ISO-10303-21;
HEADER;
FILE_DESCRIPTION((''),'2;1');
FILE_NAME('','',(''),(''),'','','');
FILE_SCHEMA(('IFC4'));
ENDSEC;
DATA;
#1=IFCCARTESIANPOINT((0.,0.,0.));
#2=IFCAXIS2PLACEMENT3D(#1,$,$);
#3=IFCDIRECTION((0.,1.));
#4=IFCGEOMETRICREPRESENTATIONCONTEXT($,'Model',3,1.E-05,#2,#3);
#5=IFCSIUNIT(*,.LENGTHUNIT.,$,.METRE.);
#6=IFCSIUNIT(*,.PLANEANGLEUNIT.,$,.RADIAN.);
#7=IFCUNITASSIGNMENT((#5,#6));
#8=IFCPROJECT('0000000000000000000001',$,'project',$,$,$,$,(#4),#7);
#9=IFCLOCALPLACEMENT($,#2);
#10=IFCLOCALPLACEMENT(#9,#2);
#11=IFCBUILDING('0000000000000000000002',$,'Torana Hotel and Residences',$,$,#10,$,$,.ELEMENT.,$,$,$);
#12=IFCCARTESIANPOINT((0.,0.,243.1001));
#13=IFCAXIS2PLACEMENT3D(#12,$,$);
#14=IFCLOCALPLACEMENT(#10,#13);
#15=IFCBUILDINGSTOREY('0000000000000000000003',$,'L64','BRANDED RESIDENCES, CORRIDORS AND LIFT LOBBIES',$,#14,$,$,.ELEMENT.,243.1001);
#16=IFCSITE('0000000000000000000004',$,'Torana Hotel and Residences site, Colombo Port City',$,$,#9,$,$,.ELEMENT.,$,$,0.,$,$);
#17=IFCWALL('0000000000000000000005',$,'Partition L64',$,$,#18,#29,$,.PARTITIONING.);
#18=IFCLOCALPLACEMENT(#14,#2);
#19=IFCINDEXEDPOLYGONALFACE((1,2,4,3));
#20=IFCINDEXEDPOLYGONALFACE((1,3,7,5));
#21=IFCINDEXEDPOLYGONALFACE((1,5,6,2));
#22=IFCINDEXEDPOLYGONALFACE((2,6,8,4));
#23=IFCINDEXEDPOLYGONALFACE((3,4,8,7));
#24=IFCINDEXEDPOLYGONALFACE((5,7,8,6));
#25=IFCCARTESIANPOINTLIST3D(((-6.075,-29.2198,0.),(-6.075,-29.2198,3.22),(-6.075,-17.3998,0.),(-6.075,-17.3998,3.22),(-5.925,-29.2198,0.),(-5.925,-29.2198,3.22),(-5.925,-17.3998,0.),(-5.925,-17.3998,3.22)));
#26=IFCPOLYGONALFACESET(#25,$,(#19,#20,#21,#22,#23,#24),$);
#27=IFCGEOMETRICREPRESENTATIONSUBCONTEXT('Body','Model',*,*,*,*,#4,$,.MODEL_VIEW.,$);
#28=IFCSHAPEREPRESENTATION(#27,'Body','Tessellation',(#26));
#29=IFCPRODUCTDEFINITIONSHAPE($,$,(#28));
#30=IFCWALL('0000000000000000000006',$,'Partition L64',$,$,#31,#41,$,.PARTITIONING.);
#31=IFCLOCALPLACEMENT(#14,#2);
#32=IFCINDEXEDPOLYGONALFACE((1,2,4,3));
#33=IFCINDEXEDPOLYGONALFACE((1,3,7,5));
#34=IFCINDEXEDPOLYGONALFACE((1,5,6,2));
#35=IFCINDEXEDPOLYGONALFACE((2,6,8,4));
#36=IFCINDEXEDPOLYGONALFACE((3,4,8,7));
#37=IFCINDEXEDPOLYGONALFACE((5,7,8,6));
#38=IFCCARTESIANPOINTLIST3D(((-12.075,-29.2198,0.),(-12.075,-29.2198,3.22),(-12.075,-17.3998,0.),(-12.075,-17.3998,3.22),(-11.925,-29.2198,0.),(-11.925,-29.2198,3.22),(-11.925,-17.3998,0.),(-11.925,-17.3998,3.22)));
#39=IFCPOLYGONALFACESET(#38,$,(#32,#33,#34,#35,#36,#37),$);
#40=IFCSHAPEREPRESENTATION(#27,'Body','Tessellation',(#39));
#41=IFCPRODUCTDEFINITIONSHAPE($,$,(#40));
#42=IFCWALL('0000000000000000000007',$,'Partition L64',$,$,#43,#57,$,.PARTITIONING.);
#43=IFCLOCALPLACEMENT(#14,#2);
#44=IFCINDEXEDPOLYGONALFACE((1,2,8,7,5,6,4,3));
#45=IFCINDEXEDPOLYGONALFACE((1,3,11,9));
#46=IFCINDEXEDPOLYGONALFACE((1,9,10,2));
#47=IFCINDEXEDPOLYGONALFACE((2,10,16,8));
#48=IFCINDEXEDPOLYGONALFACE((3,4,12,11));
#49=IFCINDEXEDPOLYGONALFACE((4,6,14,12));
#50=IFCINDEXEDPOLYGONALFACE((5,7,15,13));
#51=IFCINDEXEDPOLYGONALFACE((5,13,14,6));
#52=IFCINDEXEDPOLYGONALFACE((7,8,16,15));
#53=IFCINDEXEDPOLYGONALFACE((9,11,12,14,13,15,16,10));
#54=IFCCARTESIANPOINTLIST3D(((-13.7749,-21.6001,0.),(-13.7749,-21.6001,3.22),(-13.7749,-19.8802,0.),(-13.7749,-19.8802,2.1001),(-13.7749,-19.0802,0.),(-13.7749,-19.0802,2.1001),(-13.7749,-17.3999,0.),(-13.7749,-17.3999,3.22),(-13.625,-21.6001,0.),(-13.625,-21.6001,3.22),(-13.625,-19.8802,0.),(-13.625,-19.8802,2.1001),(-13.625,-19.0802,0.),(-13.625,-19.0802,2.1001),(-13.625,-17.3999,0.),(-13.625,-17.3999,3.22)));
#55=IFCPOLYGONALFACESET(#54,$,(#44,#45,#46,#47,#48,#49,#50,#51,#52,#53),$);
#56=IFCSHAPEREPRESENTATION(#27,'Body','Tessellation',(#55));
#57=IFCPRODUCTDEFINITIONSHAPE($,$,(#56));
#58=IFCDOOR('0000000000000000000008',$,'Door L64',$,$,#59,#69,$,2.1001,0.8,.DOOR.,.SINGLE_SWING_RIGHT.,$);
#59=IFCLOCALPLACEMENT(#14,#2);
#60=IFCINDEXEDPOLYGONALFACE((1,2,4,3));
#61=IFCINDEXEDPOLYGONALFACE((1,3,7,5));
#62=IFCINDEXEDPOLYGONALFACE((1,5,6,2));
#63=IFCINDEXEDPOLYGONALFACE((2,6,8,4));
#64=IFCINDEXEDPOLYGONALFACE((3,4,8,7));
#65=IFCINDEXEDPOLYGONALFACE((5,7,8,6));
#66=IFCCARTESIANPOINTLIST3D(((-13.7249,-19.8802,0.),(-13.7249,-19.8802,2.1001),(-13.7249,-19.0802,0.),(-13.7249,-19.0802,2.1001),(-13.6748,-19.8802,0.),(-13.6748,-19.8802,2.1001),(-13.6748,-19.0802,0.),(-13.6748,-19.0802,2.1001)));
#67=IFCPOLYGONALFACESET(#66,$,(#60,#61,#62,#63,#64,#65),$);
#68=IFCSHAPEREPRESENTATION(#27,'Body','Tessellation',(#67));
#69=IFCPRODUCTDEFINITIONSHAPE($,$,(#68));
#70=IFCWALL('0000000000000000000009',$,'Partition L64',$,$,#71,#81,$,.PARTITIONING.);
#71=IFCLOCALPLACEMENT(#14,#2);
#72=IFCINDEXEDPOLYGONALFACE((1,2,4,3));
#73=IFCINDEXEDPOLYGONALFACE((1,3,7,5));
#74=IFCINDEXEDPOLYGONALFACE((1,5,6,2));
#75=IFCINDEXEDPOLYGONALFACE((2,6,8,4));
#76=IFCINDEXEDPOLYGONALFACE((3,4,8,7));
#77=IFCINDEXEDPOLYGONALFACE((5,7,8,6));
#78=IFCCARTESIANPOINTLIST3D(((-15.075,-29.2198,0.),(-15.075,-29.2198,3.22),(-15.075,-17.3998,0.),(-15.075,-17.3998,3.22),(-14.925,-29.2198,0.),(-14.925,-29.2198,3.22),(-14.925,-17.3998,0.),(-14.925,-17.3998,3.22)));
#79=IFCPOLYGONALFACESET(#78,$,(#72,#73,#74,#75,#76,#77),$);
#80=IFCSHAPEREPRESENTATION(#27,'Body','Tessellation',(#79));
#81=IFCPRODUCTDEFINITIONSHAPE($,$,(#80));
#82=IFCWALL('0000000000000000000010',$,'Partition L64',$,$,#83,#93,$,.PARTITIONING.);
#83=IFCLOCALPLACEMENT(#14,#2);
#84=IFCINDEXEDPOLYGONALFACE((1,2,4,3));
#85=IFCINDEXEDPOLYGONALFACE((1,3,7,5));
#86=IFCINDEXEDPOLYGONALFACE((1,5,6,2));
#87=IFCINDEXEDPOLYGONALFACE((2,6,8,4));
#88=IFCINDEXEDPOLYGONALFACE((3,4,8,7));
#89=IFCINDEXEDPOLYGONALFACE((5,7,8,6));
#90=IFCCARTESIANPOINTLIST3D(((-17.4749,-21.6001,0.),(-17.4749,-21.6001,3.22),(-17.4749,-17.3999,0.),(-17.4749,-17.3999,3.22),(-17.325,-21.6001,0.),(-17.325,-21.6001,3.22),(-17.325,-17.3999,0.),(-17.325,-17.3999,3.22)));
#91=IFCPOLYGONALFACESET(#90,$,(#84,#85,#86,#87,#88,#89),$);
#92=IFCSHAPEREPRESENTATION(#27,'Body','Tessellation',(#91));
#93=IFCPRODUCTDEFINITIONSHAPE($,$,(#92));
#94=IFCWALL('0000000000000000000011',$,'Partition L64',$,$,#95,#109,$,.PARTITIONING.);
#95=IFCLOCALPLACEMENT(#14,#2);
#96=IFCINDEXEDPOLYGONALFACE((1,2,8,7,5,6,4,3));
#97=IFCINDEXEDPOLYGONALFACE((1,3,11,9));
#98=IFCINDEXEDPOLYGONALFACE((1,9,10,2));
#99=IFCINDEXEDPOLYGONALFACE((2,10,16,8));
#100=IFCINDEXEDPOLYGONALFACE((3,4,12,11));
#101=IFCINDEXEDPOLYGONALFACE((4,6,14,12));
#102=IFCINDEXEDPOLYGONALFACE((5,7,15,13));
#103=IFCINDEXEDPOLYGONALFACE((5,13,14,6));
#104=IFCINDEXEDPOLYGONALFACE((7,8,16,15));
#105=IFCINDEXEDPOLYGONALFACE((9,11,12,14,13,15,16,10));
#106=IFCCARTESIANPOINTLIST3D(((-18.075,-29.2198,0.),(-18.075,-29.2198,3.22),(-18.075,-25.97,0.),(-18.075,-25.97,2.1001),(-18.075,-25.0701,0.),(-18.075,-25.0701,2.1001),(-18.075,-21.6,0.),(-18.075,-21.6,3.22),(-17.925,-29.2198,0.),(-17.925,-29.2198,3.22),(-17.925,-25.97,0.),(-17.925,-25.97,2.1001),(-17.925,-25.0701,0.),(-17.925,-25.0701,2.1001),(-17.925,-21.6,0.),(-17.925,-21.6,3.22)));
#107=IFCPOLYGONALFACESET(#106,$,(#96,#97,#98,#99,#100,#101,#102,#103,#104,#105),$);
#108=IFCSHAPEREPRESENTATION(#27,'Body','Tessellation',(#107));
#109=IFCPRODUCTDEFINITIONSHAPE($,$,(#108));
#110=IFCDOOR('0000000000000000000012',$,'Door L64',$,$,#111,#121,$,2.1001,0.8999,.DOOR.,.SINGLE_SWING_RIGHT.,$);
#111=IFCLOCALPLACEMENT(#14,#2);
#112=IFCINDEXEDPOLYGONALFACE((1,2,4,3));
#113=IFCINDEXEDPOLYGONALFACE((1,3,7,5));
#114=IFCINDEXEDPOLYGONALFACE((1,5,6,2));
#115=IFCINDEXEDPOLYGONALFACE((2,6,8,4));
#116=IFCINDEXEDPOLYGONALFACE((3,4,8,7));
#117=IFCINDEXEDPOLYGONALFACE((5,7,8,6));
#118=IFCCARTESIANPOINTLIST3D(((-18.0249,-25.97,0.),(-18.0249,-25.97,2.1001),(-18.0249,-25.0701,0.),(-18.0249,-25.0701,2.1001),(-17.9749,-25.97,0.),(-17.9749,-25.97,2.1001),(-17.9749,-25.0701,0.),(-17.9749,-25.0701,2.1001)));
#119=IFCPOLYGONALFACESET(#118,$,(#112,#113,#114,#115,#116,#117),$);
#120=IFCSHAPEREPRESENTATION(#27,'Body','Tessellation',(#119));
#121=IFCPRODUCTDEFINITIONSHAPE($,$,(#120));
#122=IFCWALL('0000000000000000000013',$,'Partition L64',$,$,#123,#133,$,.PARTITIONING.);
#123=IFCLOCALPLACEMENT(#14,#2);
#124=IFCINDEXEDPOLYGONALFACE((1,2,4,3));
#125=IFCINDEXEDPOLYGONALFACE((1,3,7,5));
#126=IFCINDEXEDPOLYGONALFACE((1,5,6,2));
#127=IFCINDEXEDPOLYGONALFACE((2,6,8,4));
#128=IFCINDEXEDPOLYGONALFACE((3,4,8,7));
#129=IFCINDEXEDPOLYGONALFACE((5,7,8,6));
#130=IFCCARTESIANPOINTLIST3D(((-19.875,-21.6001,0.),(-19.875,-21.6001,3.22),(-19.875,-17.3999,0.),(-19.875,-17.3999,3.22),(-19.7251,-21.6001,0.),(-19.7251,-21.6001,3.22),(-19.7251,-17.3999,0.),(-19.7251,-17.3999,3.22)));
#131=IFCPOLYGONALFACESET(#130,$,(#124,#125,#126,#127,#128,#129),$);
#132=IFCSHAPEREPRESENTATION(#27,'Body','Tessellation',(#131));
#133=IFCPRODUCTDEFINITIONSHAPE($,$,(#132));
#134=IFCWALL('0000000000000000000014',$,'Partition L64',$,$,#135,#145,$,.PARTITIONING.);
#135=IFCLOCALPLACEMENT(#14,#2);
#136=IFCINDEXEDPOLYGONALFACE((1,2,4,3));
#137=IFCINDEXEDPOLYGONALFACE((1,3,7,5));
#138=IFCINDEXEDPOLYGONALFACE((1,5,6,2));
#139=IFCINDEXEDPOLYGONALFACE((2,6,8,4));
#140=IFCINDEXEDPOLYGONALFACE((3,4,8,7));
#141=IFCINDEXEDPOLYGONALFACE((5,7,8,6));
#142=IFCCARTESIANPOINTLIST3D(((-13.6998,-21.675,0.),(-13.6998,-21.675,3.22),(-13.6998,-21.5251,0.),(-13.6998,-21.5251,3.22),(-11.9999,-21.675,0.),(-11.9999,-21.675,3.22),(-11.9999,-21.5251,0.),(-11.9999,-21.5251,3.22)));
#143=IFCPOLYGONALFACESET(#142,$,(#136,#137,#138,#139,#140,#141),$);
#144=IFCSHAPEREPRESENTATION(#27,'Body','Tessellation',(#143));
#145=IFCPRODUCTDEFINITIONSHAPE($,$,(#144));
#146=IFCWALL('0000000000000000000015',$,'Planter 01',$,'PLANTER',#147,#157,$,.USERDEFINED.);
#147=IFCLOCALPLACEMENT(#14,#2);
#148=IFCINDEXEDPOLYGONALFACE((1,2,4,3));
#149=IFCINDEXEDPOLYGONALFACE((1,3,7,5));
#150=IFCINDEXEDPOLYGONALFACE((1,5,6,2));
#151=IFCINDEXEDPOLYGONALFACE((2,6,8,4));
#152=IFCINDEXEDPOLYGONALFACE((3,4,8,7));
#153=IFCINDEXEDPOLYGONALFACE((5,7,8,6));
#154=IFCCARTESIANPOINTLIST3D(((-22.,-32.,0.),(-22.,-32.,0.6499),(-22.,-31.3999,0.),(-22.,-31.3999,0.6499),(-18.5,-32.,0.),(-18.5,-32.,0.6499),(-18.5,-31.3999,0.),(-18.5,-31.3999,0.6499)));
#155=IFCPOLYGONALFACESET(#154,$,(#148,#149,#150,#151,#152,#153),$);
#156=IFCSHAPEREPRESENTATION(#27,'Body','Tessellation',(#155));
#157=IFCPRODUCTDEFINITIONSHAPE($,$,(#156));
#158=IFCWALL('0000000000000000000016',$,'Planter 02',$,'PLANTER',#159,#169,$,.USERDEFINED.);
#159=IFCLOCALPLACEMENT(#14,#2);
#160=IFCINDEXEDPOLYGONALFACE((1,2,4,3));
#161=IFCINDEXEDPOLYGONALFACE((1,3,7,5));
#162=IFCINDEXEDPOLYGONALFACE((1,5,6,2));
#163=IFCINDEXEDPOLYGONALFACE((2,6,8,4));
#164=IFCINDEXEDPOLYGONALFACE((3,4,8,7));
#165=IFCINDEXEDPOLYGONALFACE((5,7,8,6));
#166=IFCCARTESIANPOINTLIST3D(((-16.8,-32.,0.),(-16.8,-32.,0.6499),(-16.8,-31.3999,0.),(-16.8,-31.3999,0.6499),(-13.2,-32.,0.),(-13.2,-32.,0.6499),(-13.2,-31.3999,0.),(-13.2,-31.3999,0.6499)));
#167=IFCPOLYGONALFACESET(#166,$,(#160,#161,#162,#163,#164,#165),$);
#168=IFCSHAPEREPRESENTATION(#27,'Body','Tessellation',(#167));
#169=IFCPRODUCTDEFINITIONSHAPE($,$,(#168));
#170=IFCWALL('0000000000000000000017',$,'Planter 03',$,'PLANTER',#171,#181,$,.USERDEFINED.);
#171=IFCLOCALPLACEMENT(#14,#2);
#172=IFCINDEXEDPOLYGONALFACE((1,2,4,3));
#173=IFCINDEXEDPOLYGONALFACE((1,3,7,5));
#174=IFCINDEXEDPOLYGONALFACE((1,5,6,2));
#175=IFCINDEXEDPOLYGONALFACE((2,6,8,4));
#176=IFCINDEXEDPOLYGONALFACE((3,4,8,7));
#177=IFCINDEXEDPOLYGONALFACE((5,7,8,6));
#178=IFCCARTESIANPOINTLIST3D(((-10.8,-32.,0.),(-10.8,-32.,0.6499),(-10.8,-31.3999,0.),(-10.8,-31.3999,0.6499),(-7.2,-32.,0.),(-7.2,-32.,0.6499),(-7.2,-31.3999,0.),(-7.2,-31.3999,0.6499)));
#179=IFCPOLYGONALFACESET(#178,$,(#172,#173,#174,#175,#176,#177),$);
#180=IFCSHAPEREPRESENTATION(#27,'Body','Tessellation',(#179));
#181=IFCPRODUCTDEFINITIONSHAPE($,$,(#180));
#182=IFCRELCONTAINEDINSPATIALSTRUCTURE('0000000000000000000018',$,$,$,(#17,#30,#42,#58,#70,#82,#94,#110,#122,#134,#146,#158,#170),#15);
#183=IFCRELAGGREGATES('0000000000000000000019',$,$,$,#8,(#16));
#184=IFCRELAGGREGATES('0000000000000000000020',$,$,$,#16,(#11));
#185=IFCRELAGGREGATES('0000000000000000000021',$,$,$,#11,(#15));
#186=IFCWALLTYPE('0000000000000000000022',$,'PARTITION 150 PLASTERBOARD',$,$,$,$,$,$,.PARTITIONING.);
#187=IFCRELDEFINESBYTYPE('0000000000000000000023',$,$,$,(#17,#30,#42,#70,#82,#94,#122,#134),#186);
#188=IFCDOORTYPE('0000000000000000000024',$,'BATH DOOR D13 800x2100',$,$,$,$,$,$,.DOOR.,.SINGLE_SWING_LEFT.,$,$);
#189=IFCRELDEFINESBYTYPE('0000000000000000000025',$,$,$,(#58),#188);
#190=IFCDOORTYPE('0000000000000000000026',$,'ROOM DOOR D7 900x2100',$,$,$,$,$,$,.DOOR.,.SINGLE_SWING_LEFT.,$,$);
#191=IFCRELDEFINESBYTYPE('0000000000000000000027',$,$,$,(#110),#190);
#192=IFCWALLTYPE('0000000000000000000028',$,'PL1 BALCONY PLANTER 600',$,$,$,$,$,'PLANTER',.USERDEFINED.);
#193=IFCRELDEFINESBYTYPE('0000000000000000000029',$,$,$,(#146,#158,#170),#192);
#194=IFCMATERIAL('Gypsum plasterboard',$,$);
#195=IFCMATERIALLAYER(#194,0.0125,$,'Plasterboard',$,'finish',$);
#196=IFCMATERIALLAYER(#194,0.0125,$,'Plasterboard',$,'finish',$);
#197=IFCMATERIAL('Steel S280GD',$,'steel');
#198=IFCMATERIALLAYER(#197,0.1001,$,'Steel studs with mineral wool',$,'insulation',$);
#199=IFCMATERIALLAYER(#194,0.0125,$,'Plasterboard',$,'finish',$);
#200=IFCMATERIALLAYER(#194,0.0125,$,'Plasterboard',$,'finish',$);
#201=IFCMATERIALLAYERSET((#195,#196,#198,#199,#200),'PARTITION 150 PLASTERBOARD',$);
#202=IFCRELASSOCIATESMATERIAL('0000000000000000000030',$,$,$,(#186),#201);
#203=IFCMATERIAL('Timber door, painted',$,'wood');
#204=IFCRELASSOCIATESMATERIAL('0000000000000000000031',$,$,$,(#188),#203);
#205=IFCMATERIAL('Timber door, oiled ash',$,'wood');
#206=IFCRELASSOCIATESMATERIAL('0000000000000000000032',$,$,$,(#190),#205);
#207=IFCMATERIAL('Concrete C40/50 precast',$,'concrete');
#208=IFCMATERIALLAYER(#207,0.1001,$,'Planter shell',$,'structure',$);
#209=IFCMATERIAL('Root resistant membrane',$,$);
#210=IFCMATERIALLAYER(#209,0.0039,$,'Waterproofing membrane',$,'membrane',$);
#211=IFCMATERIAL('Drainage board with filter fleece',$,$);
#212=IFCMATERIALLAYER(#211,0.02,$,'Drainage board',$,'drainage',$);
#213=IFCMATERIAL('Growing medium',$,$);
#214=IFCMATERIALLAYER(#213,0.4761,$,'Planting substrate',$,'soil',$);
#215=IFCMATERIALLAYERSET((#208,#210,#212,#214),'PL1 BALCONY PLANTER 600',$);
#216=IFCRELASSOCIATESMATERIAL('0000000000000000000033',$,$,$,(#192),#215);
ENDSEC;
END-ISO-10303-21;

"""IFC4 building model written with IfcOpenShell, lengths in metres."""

from ifc_helpers import new_model, si_unit, direction, frame, frame_2d, origin, place, context, subcontext, project, spatial, rectangle, extrude, material, layer, layer_set, type_object, element, fill, save


model = new_model("IFC4")

# Units and contexts
model_context = context("Model", 3, precision=1e-05, world=origin(), true_north=direction((0.0, 1.0)))
body_context = subcontext(model_context, "Body", "Model", "MODEL_VIEW")
ifc_project = project(units=[si_unit("LENGTHUNIT", "METRE"), si_unit("PLANEANGLEUNIT", "RADIAN")], contexts=[model_context])

# Site, building, storey
site_placement = place(None, origin())
site = spatial("IfcSite", under=ifc_project, at=site_placement, Name="Torana Hotel and Residences site, Colombo Port City", CompositionType="ELEMENT", RefElevation=0.0)
building_placement = place(site_placement, origin())
building = spatial("IfcBuilding", under=site, at=building_placement, Name="Torana Hotel and Residences", CompositionType="ELEMENT")
storey_placement = place(building_placement, frame((0.0, 0.0, 243.1001)))
storey = spatial("IfcBuildingStorey", under=building, at=storey_placement, Name="L64", Description="BRANDED RESIDENCES, CORRIDORS AND LIFT LOBBIES", CompositionType="ELEMENT", Elevation=243.1001)

# Walls
ifc_material_1 = material(Name="Gypsum plasterboard")
ifc_layer_1 = layer(ifc_material_1, 0.0125, Name="Plasterboard", Category="finish")
ifc_layer_2 = layer(ifc_material_1, 0.0125, Name="Plasterboard", Category="finish")
ifc_material_2 = material(Name="Steel S280GD", Category="steel")
ifc_layer_3 = layer(ifc_material_2, 0.1001, Name="Steel studs with mineral wool", Category="insulation")
ifc_layer_4 = layer(ifc_material_1, 0.0125, Name="Plasterboard", Category="finish")
ifc_layer_5 = layer(ifc_material_1, 0.0125, Name="Plasterboard", Category="finish")
ifc_layer_set_1 = layer_set([ifc_layer_1, ifc_layer_2, ifc_layer_3, ifc_layer_4, ifc_layer_5], Name="PARTITION 150 PLASTERBOARD")
wall_type_1 = type_object("IfcWallType", Name="PARTITION 150 PLASTERBOARD", PredefinedType="PARTITIONING", material=ifc_layer_set_1)
for number, where, z_axis, x_axis, name in (
    (1, (-6.0, -29.22, 0.0), (0.0, 0.0, 1.0), (0.0, 1.0, 0.0), "Partition L64"),
    (2, (-12.0, -29.22, 0.0), (0.0, 0.0, 1.0), (0.0, 1.0, 0.0), "Partition L64"),
):
    element("IfcWall", number, at=place(storey_placement, frame(where, z_axis=z_axis, x_axis=x_axis)), inside=storey, type_object=wall_type_1, Name=name, PredefinedType="PARTITIONING", context=body_context, shape_type="SweptSolid", body=[
        extrude(rectangle(XDim=11.8201, YDim=0.1499, at=frame_2d((5.9102, 0.0))), origin(), (0.0, 0.0, 1.0), 3.22),
    ])

# Wall, opening, door
wall_1_placement = place(storey_placement, frame((-13.7, -21.6001, 0.0), z_axis=(0.0, 0.0, 1.0), x_axis=(0.0, 1.0, 0.0)))
wall_1 = element("IfcWall", 3, at=wall_1_placement, inside=storey, type_object=wall_type_1, Name="Partition L64", PredefinedType="PARTITIONING", context=body_context, shape_type="SweptSolid", body=[
    extrude(rectangle(XDim=4.2002, YDim=0.1499, at=frame_2d((2.1001, 0.0))), origin(), (0.0, 0.0, 1.0), 3.22),
])
opening_1_placement = place(wall_1_placement, frame((1.72, 0.0, 0.0)))
opening_1 = element("IfcOpeningElement", 4, at=opening_1_placement, cuts=wall_1, PredefinedType="OPENING", context=body_context, shape_type="SweptSolid", body=[
    extrude(rectangle(XDim=0.8, YDim=2.1001, at=frame_2d((0.3999, 1.05))), frame((0.0, 0.085, 0.0), z_axis=(0.0, -1.0, 0.0), x_axis=(1.0, 0.0, 0.0)), (0.0, 0.0, 1.0), 0.1699),
])
ifc_material_3 = material(Name="Timber door, painted", Category="wood")
door_type_1 = type_object("IfcDoorType", Name="BATH DOOR D13 800x2100", OperationType="SINGLE_SWING_LEFT", PredefinedType="DOOR", material=ifc_material_3)
door_1_placement = place(opening_1_placement, origin())
door_1 = element("IfcDoor", 5, at=door_1_placement, inside=storey, type_object=door_type_1, Name="Door L64", OperationType="SINGLE_SWING_RIGHT", OverallHeight=2.1001, OverallWidth=0.8, PredefinedType="DOOR", context=body_context, shape_type="SweptSolid", body=[
    extrude(rectangle(XDim=0.8, YDim=2.1001, at=frame_2d((0.3999, 1.05))), frame((0.0, 0.0249, 0.0), z_axis=(0.0, -1.0, 0.0), x_axis=(1.0, 0.0, 0.0)), (0.0, 0.0, 1.0), 0.05),
])
fill(opening_1, door_1)

# Walls
wall_2_placement = place(storey_placement, frame((-15.0, -29.22, 0.0), z_axis=(0.0, 0.0, 1.0), x_axis=(0.0, 1.0, 0.0)))
element("IfcWall", 6, at=wall_2_placement, inside=storey, type_object=wall_type_1, Name="Partition L64", PredefinedType="PARTITIONING", context=body_context, shape_type="SweptSolid", body=[
    extrude(rectangle(XDim=11.8201, YDim=0.1499, at=frame_2d((5.9102, 0.0))), origin(), (0.0, 0.0, 1.0), 3.22),
])
wall_3_placement = place(storey_placement, frame((-17.3999, -21.6001, 0.0), z_axis=(0.0, 0.0, 1.0), x_axis=(0.0, 1.0, 0.0)))
element("IfcWall", 7, at=wall_3_placement, inside=storey, type_object=wall_type_1, Name="Partition L64", PredefinedType="PARTITIONING", context=body_context, shape_type="SweptSolid", body=[
    extrude(rectangle(XDim=4.2002, YDim=0.1499, at=frame_2d((2.1001, 0.0))), origin(), (0.0, 0.0, 1.0), 3.22),
])

# Wall, opening, door
wall_4_placement = place(storey_placement, frame((-18.0, -29.22, 0.0), z_axis=(0.0, 0.0, 1.0), x_axis=(0.0, 1.0, 0.0)))
wall_4 = element("IfcWall", 8, at=wall_4_placement, inside=storey, type_object=wall_type_1, Name="Partition L64", PredefinedType="PARTITIONING", context=body_context, shape_type="SweptSolid", body=[
    extrude(rectangle(XDim=7.6199, YDim=0.1499, at=frame_2d((3.8101, 0.0))), origin(), (0.0, 0.0, 1.0), 3.22),
])
opening_2_placement = place(wall_4_placement, frame((3.25, 0.0, 0.0)))
opening_2 = element("IfcOpeningElement", 9, at=opening_2_placement, cuts=wall_4, PredefinedType="OPENING", context=body_context, shape_type="SweptSolid", body=[
    extrude(rectangle(XDim=0.8999, YDim=2.1001, at=frame_2d((0.45, 1.05))), frame((0.0, 0.085, 0.0), z_axis=(0.0, -1.0, 0.0), x_axis=(1.0, 0.0, 0.0)), (0.0, 0.0, 1.0), 0.1699),
])
ifc_material_4 = material(Name="Timber door, oiled ash", Category="wood")
door_type_2 = type_object("IfcDoorType", Name="ROOM DOOR D7 900x2100", OperationType="SINGLE_SWING_LEFT", PredefinedType="DOOR", material=ifc_material_4)
door_2_placement = place(opening_2_placement, origin())
door_2 = element("IfcDoor", 10, at=door_2_placement, inside=storey, type_object=door_type_2, Name="Door L64", OperationType="SINGLE_SWING_RIGHT", OverallHeight=2.1001, OverallWidth=0.8999, PredefinedType="DOOR", context=body_context, shape_type="SweptSolid", body=[
    extrude(rectangle(XDim=0.8999, YDim=2.1001, at=frame_2d((0.45, 1.05))), frame((0.0, 0.0249, 0.0), z_axis=(0.0, -1.0, 0.0), x_axis=(1.0, 0.0, 0.0)), (0.0, 0.0, 1.0), 0.05),
])
fill(opening_2, door_2)

# Walls
wall_5_placement = place(storey_placement, frame((-19.8, -21.6001, 0.0), z_axis=(0.0, 0.0, 1.0), x_axis=(0.0, 1.0, 0.0)))
element("IfcWall", 11, at=wall_5_placement, inside=storey, type_object=wall_type_1, Name="Partition L64", PredefinedType="PARTITIONING", context=body_context, shape_type="SweptSolid", body=[
    extrude(rectangle(XDim=4.2002, YDim=0.1499, at=frame_2d((2.1001, 0.0))), origin(), (0.0, 0.0, 1.0), 3.22),
])
wall_6_placement = place(storey_placement, frame((-13.7, -21.6001, 0.0), z_axis=(0.0, 0.0, 1.0), x_axis=(1.0, 0.0, 0.0)))
element("IfcWall", 12, at=wall_6_placement, inside=storey, type_object=wall_type_1, Name="Partition L64", PredefinedType="PARTITIONING", context=body_context, shape_type="SweptSolid", body=[
    extrude(rectangle(XDim=1.7, YDim=0.1499, at=frame_2d((0.8501, 0.0))), origin(), (0.0, 0.0, 1.0), 3.22),
])
ifc_material_5 = material(Name="Concrete C40/50 precast", Category="concrete")
ifc_layer_6 = layer(ifc_material_5, 0.1001, Name="Planter shell", Category="structure")
ifc_material_6 = material(Name="Root resistant membrane")
ifc_layer_7 = layer(ifc_material_6, 0.0039, Name="Waterproofing membrane", Category="membrane")
ifc_material_7 = material(Name="Drainage board with filter fleece")
ifc_layer_8 = layer(ifc_material_7, 0.02, Name="Drainage board", Category="drainage")
ifc_material_8 = material(Name="Growing medium")
ifc_layer_9 = layer(ifc_material_8, 0.4761, Name="Planting substrate", Category="soil")
ifc_layer_set_2 = layer_set([ifc_layer_6, ifc_layer_7, ifc_layer_8, ifc_layer_9], Name="PL1 BALCONY PLANTER 600")
wall_type_2 = type_object("IfcWallType", Name="PL1 BALCONY PLANTER 600", ElementType="PLANTER", PredefinedType="USERDEFINED", material=ifc_layer_set_2)
wall_7_placement = place(storey_placement, frame((-18.5, -31.7, 0.0), z_axis=(0.0, 0.0, 1.0), x_axis=(-1.0, 0.0, 0.0)))
element("IfcWall", 13, at=wall_7_placement, inside=storey, type_object=wall_type_2, Name="Planter 01", ObjectType="PLANTER", PredefinedType="USERDEFINED", context=body_context, shape_type="SweptSolid", body=[
    extrude(rectangle(XDim=3.5, YDim=0.6001, at=frame_2d((1.75, 0.0))), origin(), (0.0, 0.0, 1.0), 0.6499),
])
for number, where, z_axis, x_axis, name in (
    (14, (-13.2, -31.7, 0.0), (0.0, 0.0, 1.0), (-1.0, 0.0, 0.0), "Planter 02"),
    (15, (-7.2, -31.7, 0.0), (0.0, 0.0, 1.0), (-1.0, 0.0, 0.0), "Planter 03"),
):
    element("IfcWall", number, at=place(storey_placement, frame(where, z_axis=z_axis, x_axis=x_axis)), inside=storey, type_object=wall_type_2, Name=name, ObjectType="PLANTER", PredefinedType="USERDEFINED", context=body_context, shape_type="SweptSolid", body=[
        extrude(rectangle(XDim=3.6001, YDim=0.6001, at=frame_2d((1.8, 0.0))), origin(), (0.0, 0.0, 1.0), 0.6499),
    ])

save(model, "model.ifc")
